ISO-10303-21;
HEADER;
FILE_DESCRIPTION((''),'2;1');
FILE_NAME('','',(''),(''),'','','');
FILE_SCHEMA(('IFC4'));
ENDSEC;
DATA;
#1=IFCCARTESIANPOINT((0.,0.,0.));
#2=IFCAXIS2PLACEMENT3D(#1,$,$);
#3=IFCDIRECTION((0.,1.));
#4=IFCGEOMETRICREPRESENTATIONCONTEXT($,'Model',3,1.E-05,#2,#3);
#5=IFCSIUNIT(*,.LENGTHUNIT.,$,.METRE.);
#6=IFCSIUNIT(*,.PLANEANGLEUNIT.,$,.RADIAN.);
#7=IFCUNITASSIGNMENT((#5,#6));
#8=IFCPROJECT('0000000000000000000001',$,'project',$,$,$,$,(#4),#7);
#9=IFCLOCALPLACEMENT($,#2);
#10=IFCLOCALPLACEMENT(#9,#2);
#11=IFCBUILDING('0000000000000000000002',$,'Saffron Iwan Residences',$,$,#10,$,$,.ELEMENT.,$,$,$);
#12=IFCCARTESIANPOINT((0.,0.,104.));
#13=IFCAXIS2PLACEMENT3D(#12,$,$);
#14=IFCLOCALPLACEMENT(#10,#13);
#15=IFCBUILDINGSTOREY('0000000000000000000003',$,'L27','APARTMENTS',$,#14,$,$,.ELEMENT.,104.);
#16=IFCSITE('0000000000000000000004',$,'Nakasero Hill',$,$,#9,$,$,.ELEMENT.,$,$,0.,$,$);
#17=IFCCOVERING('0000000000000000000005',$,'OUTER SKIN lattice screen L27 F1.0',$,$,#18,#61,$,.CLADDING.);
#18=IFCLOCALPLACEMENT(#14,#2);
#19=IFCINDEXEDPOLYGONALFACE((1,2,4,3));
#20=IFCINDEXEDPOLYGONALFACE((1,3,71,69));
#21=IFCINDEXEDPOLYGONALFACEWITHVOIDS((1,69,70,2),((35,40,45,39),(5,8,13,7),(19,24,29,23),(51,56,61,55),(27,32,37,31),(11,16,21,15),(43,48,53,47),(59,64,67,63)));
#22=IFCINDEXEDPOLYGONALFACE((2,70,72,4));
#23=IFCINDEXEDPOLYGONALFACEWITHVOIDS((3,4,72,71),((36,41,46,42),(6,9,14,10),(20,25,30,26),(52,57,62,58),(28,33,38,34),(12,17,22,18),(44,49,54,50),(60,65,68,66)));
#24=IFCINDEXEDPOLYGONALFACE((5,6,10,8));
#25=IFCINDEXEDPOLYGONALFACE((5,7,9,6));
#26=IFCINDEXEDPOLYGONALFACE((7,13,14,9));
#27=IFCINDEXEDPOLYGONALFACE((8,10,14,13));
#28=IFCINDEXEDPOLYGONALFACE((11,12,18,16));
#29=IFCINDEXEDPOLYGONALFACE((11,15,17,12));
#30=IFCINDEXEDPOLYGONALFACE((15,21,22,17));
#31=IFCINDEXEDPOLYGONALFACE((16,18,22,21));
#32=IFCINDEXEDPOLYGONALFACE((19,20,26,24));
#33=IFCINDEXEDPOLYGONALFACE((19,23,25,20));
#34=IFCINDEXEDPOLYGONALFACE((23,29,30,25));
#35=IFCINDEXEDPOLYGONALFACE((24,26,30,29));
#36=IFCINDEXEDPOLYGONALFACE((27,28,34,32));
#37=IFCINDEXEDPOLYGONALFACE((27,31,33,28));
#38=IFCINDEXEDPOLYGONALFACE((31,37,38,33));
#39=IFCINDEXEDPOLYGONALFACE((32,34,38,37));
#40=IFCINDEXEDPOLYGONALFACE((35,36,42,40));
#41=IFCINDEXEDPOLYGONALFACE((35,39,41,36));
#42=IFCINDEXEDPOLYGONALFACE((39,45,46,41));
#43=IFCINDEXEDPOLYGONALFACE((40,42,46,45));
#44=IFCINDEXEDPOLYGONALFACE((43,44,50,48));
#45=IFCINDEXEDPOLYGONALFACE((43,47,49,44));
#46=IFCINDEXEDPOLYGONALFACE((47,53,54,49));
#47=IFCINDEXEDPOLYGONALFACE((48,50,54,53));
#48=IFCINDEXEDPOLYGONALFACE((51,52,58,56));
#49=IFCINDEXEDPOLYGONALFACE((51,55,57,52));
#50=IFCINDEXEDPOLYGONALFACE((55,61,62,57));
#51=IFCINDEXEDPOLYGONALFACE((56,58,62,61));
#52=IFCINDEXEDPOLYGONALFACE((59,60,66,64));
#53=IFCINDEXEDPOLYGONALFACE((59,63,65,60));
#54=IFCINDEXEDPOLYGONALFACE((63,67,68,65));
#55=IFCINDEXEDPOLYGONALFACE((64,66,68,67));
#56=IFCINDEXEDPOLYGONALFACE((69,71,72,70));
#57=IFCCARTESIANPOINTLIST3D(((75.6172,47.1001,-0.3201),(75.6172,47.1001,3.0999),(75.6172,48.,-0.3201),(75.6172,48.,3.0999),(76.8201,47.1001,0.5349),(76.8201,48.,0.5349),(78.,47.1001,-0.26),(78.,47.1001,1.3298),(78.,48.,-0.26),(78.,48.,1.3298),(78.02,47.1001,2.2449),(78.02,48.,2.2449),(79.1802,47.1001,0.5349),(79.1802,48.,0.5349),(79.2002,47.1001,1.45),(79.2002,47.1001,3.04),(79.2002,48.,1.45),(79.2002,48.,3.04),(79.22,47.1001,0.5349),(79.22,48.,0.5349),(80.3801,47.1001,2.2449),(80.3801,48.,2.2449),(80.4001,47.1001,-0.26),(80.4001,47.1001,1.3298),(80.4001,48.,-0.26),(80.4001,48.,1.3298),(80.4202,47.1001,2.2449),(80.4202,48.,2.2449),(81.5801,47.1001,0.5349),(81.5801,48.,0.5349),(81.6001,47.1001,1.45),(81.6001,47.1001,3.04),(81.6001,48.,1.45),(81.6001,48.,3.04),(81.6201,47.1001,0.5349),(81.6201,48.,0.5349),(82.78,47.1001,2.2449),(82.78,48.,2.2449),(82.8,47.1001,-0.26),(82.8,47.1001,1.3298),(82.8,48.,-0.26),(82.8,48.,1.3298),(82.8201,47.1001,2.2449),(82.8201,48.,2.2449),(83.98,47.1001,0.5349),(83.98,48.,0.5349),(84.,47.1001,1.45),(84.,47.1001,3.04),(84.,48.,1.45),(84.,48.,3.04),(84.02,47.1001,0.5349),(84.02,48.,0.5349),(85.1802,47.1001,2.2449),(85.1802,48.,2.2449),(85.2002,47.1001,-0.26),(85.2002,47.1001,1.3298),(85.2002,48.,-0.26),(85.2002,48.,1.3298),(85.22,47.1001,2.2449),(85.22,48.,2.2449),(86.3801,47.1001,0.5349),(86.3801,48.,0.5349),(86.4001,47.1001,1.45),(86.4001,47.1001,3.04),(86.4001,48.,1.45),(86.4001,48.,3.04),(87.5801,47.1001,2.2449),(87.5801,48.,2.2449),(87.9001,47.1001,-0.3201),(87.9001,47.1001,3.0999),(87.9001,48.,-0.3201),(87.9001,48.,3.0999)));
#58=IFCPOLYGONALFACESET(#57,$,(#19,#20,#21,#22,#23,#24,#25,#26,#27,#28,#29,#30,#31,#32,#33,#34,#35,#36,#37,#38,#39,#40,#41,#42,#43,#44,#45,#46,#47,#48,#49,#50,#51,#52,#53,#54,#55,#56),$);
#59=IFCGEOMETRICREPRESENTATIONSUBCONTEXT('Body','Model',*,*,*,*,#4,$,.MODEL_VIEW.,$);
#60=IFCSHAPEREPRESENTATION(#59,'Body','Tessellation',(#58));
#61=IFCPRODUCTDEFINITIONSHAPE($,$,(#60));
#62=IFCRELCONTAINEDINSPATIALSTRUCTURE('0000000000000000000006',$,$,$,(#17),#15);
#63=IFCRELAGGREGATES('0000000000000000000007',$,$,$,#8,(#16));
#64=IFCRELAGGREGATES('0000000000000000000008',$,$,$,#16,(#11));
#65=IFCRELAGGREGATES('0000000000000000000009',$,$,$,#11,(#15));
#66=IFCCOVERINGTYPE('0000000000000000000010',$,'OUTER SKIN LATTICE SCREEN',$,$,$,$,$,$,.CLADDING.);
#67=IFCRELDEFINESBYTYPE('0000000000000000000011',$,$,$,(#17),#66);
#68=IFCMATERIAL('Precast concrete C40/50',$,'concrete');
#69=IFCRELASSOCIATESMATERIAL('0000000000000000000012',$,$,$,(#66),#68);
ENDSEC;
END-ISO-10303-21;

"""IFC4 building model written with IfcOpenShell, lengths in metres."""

from ifc_helpers import new_model, si_unit, direction, frame, origin, place, context, subcontext, project, spatial, polyline, outline, extrude, material, type_object, element, save


model = new_model("IFC4")

# Units and contexts
model_context = context("Model", 3, precision=1e-05, world=origin(), true_north=direction((0.0, 1.0)))
body_context = subcontext(model_context, "Body", "Model", "MODEL_VIEW")
ifc_project = project(units=[si_unit("LENGTHUNIT", "METRE"), si_unit("PLANEANGLEUNIT", "RADIAN")], contexts=[model_context])

# Site, building, storey
site_placement = place(None, origin())
site = spatial("IfcSite", under=ifc_project, at=site_placement, Name="Nakasero Hill", CompositionType="ELEMENT", RefElevation=0.0)
building_placement = place(site_placement, origin())
building = spatial("IfcBuilding", under=site, at=building_placement, Name="Saffron Iwan Residences", CompositionType="ELEMENT")
storey_placement = place(building_placement, frame((0.0, 0.0, 104.0)))
storey = spatial("IfcBuildingStorey", under=building, at=storey_placement, Name="L27", Description="APARTMENTS", CompositionType="ELEMENT", Elevation=104.0)

# Covering
ifc_material_1 = material(Name="Precast concrete C40/50", Category="concrete")
covering_type = type_object("IfcCoveringType", Name="OUTER SKIN LATTICE SCREEN", PredefinedType="CLADDING", material=ifc_material_1)
covering_1_placement = place(storey_placement, frame((75.6172, 48.0, -0.3201), z_axis=(0.0, -1.0, 0.0), x_axis=(1.0, 0.0, 0.0)))
element("IfcCovering", 1, at=covering_1_placement, inside=storey, type_object=covering_type, Name="OUTER SKIN lattice screen L27 F1.0", PredefinedType="CLADDING", context=body_context, shape_type="SweptSolid", body=[
    extrude(outline(polyline([(0.0, 0.0), (12.283, 0.0), (12.283, 3.4199), (0.0, 3.4199), (0.0, 0.0)]), holes=[polyline([(1.2029, 0.855), (2.3828, 0.0601), (3.563, 0.855), (2.3828, 1.6499), (1.2029, 0.855)]), polyline([(3.6028, 0.855), (4.783, 0.0601), (5.9629, 0.855), (4.783, 1.6499), (3.6028, 0.855)]), polyline([(6.0029, 0.855), (7.1829, 0.0601), (8.3628, 0.855), (7.1829, 1.6499), (6.0029, 0.855)]), polyline([(8.4028, 0.855), (9.583, 0.0601), (10.7629, 0.855), (9.583, 1.6499), (8.4028, 0.855)]), polyline([(2.4028, 2.5649), (3.583, 1.77), (4.7629, 2.5649), (3.583, 3.3601), (2.4028, 2.5649)]), polyline([(4.803, 2.5649), (5.9829, 1.77), (7.1628, 2.5649), (5.9829, 3.3601), (4.803, 2.5649)]), polyline([(7.2029, 2.5649), (8.3828, 1.77), (9.563, 2.5649), (8.3828, 3.3601), (7.2029, 2.5649)]), polyline([(9.6028, 2.5649), (10.783, 1.77), (11.9629, 2.5649), (10.783, 3.3601), (9.6028, 2.5649)])]), origin(), (0.0, 0.0, 1.0), 0.8999),
])

save(model, "model.ifc")
